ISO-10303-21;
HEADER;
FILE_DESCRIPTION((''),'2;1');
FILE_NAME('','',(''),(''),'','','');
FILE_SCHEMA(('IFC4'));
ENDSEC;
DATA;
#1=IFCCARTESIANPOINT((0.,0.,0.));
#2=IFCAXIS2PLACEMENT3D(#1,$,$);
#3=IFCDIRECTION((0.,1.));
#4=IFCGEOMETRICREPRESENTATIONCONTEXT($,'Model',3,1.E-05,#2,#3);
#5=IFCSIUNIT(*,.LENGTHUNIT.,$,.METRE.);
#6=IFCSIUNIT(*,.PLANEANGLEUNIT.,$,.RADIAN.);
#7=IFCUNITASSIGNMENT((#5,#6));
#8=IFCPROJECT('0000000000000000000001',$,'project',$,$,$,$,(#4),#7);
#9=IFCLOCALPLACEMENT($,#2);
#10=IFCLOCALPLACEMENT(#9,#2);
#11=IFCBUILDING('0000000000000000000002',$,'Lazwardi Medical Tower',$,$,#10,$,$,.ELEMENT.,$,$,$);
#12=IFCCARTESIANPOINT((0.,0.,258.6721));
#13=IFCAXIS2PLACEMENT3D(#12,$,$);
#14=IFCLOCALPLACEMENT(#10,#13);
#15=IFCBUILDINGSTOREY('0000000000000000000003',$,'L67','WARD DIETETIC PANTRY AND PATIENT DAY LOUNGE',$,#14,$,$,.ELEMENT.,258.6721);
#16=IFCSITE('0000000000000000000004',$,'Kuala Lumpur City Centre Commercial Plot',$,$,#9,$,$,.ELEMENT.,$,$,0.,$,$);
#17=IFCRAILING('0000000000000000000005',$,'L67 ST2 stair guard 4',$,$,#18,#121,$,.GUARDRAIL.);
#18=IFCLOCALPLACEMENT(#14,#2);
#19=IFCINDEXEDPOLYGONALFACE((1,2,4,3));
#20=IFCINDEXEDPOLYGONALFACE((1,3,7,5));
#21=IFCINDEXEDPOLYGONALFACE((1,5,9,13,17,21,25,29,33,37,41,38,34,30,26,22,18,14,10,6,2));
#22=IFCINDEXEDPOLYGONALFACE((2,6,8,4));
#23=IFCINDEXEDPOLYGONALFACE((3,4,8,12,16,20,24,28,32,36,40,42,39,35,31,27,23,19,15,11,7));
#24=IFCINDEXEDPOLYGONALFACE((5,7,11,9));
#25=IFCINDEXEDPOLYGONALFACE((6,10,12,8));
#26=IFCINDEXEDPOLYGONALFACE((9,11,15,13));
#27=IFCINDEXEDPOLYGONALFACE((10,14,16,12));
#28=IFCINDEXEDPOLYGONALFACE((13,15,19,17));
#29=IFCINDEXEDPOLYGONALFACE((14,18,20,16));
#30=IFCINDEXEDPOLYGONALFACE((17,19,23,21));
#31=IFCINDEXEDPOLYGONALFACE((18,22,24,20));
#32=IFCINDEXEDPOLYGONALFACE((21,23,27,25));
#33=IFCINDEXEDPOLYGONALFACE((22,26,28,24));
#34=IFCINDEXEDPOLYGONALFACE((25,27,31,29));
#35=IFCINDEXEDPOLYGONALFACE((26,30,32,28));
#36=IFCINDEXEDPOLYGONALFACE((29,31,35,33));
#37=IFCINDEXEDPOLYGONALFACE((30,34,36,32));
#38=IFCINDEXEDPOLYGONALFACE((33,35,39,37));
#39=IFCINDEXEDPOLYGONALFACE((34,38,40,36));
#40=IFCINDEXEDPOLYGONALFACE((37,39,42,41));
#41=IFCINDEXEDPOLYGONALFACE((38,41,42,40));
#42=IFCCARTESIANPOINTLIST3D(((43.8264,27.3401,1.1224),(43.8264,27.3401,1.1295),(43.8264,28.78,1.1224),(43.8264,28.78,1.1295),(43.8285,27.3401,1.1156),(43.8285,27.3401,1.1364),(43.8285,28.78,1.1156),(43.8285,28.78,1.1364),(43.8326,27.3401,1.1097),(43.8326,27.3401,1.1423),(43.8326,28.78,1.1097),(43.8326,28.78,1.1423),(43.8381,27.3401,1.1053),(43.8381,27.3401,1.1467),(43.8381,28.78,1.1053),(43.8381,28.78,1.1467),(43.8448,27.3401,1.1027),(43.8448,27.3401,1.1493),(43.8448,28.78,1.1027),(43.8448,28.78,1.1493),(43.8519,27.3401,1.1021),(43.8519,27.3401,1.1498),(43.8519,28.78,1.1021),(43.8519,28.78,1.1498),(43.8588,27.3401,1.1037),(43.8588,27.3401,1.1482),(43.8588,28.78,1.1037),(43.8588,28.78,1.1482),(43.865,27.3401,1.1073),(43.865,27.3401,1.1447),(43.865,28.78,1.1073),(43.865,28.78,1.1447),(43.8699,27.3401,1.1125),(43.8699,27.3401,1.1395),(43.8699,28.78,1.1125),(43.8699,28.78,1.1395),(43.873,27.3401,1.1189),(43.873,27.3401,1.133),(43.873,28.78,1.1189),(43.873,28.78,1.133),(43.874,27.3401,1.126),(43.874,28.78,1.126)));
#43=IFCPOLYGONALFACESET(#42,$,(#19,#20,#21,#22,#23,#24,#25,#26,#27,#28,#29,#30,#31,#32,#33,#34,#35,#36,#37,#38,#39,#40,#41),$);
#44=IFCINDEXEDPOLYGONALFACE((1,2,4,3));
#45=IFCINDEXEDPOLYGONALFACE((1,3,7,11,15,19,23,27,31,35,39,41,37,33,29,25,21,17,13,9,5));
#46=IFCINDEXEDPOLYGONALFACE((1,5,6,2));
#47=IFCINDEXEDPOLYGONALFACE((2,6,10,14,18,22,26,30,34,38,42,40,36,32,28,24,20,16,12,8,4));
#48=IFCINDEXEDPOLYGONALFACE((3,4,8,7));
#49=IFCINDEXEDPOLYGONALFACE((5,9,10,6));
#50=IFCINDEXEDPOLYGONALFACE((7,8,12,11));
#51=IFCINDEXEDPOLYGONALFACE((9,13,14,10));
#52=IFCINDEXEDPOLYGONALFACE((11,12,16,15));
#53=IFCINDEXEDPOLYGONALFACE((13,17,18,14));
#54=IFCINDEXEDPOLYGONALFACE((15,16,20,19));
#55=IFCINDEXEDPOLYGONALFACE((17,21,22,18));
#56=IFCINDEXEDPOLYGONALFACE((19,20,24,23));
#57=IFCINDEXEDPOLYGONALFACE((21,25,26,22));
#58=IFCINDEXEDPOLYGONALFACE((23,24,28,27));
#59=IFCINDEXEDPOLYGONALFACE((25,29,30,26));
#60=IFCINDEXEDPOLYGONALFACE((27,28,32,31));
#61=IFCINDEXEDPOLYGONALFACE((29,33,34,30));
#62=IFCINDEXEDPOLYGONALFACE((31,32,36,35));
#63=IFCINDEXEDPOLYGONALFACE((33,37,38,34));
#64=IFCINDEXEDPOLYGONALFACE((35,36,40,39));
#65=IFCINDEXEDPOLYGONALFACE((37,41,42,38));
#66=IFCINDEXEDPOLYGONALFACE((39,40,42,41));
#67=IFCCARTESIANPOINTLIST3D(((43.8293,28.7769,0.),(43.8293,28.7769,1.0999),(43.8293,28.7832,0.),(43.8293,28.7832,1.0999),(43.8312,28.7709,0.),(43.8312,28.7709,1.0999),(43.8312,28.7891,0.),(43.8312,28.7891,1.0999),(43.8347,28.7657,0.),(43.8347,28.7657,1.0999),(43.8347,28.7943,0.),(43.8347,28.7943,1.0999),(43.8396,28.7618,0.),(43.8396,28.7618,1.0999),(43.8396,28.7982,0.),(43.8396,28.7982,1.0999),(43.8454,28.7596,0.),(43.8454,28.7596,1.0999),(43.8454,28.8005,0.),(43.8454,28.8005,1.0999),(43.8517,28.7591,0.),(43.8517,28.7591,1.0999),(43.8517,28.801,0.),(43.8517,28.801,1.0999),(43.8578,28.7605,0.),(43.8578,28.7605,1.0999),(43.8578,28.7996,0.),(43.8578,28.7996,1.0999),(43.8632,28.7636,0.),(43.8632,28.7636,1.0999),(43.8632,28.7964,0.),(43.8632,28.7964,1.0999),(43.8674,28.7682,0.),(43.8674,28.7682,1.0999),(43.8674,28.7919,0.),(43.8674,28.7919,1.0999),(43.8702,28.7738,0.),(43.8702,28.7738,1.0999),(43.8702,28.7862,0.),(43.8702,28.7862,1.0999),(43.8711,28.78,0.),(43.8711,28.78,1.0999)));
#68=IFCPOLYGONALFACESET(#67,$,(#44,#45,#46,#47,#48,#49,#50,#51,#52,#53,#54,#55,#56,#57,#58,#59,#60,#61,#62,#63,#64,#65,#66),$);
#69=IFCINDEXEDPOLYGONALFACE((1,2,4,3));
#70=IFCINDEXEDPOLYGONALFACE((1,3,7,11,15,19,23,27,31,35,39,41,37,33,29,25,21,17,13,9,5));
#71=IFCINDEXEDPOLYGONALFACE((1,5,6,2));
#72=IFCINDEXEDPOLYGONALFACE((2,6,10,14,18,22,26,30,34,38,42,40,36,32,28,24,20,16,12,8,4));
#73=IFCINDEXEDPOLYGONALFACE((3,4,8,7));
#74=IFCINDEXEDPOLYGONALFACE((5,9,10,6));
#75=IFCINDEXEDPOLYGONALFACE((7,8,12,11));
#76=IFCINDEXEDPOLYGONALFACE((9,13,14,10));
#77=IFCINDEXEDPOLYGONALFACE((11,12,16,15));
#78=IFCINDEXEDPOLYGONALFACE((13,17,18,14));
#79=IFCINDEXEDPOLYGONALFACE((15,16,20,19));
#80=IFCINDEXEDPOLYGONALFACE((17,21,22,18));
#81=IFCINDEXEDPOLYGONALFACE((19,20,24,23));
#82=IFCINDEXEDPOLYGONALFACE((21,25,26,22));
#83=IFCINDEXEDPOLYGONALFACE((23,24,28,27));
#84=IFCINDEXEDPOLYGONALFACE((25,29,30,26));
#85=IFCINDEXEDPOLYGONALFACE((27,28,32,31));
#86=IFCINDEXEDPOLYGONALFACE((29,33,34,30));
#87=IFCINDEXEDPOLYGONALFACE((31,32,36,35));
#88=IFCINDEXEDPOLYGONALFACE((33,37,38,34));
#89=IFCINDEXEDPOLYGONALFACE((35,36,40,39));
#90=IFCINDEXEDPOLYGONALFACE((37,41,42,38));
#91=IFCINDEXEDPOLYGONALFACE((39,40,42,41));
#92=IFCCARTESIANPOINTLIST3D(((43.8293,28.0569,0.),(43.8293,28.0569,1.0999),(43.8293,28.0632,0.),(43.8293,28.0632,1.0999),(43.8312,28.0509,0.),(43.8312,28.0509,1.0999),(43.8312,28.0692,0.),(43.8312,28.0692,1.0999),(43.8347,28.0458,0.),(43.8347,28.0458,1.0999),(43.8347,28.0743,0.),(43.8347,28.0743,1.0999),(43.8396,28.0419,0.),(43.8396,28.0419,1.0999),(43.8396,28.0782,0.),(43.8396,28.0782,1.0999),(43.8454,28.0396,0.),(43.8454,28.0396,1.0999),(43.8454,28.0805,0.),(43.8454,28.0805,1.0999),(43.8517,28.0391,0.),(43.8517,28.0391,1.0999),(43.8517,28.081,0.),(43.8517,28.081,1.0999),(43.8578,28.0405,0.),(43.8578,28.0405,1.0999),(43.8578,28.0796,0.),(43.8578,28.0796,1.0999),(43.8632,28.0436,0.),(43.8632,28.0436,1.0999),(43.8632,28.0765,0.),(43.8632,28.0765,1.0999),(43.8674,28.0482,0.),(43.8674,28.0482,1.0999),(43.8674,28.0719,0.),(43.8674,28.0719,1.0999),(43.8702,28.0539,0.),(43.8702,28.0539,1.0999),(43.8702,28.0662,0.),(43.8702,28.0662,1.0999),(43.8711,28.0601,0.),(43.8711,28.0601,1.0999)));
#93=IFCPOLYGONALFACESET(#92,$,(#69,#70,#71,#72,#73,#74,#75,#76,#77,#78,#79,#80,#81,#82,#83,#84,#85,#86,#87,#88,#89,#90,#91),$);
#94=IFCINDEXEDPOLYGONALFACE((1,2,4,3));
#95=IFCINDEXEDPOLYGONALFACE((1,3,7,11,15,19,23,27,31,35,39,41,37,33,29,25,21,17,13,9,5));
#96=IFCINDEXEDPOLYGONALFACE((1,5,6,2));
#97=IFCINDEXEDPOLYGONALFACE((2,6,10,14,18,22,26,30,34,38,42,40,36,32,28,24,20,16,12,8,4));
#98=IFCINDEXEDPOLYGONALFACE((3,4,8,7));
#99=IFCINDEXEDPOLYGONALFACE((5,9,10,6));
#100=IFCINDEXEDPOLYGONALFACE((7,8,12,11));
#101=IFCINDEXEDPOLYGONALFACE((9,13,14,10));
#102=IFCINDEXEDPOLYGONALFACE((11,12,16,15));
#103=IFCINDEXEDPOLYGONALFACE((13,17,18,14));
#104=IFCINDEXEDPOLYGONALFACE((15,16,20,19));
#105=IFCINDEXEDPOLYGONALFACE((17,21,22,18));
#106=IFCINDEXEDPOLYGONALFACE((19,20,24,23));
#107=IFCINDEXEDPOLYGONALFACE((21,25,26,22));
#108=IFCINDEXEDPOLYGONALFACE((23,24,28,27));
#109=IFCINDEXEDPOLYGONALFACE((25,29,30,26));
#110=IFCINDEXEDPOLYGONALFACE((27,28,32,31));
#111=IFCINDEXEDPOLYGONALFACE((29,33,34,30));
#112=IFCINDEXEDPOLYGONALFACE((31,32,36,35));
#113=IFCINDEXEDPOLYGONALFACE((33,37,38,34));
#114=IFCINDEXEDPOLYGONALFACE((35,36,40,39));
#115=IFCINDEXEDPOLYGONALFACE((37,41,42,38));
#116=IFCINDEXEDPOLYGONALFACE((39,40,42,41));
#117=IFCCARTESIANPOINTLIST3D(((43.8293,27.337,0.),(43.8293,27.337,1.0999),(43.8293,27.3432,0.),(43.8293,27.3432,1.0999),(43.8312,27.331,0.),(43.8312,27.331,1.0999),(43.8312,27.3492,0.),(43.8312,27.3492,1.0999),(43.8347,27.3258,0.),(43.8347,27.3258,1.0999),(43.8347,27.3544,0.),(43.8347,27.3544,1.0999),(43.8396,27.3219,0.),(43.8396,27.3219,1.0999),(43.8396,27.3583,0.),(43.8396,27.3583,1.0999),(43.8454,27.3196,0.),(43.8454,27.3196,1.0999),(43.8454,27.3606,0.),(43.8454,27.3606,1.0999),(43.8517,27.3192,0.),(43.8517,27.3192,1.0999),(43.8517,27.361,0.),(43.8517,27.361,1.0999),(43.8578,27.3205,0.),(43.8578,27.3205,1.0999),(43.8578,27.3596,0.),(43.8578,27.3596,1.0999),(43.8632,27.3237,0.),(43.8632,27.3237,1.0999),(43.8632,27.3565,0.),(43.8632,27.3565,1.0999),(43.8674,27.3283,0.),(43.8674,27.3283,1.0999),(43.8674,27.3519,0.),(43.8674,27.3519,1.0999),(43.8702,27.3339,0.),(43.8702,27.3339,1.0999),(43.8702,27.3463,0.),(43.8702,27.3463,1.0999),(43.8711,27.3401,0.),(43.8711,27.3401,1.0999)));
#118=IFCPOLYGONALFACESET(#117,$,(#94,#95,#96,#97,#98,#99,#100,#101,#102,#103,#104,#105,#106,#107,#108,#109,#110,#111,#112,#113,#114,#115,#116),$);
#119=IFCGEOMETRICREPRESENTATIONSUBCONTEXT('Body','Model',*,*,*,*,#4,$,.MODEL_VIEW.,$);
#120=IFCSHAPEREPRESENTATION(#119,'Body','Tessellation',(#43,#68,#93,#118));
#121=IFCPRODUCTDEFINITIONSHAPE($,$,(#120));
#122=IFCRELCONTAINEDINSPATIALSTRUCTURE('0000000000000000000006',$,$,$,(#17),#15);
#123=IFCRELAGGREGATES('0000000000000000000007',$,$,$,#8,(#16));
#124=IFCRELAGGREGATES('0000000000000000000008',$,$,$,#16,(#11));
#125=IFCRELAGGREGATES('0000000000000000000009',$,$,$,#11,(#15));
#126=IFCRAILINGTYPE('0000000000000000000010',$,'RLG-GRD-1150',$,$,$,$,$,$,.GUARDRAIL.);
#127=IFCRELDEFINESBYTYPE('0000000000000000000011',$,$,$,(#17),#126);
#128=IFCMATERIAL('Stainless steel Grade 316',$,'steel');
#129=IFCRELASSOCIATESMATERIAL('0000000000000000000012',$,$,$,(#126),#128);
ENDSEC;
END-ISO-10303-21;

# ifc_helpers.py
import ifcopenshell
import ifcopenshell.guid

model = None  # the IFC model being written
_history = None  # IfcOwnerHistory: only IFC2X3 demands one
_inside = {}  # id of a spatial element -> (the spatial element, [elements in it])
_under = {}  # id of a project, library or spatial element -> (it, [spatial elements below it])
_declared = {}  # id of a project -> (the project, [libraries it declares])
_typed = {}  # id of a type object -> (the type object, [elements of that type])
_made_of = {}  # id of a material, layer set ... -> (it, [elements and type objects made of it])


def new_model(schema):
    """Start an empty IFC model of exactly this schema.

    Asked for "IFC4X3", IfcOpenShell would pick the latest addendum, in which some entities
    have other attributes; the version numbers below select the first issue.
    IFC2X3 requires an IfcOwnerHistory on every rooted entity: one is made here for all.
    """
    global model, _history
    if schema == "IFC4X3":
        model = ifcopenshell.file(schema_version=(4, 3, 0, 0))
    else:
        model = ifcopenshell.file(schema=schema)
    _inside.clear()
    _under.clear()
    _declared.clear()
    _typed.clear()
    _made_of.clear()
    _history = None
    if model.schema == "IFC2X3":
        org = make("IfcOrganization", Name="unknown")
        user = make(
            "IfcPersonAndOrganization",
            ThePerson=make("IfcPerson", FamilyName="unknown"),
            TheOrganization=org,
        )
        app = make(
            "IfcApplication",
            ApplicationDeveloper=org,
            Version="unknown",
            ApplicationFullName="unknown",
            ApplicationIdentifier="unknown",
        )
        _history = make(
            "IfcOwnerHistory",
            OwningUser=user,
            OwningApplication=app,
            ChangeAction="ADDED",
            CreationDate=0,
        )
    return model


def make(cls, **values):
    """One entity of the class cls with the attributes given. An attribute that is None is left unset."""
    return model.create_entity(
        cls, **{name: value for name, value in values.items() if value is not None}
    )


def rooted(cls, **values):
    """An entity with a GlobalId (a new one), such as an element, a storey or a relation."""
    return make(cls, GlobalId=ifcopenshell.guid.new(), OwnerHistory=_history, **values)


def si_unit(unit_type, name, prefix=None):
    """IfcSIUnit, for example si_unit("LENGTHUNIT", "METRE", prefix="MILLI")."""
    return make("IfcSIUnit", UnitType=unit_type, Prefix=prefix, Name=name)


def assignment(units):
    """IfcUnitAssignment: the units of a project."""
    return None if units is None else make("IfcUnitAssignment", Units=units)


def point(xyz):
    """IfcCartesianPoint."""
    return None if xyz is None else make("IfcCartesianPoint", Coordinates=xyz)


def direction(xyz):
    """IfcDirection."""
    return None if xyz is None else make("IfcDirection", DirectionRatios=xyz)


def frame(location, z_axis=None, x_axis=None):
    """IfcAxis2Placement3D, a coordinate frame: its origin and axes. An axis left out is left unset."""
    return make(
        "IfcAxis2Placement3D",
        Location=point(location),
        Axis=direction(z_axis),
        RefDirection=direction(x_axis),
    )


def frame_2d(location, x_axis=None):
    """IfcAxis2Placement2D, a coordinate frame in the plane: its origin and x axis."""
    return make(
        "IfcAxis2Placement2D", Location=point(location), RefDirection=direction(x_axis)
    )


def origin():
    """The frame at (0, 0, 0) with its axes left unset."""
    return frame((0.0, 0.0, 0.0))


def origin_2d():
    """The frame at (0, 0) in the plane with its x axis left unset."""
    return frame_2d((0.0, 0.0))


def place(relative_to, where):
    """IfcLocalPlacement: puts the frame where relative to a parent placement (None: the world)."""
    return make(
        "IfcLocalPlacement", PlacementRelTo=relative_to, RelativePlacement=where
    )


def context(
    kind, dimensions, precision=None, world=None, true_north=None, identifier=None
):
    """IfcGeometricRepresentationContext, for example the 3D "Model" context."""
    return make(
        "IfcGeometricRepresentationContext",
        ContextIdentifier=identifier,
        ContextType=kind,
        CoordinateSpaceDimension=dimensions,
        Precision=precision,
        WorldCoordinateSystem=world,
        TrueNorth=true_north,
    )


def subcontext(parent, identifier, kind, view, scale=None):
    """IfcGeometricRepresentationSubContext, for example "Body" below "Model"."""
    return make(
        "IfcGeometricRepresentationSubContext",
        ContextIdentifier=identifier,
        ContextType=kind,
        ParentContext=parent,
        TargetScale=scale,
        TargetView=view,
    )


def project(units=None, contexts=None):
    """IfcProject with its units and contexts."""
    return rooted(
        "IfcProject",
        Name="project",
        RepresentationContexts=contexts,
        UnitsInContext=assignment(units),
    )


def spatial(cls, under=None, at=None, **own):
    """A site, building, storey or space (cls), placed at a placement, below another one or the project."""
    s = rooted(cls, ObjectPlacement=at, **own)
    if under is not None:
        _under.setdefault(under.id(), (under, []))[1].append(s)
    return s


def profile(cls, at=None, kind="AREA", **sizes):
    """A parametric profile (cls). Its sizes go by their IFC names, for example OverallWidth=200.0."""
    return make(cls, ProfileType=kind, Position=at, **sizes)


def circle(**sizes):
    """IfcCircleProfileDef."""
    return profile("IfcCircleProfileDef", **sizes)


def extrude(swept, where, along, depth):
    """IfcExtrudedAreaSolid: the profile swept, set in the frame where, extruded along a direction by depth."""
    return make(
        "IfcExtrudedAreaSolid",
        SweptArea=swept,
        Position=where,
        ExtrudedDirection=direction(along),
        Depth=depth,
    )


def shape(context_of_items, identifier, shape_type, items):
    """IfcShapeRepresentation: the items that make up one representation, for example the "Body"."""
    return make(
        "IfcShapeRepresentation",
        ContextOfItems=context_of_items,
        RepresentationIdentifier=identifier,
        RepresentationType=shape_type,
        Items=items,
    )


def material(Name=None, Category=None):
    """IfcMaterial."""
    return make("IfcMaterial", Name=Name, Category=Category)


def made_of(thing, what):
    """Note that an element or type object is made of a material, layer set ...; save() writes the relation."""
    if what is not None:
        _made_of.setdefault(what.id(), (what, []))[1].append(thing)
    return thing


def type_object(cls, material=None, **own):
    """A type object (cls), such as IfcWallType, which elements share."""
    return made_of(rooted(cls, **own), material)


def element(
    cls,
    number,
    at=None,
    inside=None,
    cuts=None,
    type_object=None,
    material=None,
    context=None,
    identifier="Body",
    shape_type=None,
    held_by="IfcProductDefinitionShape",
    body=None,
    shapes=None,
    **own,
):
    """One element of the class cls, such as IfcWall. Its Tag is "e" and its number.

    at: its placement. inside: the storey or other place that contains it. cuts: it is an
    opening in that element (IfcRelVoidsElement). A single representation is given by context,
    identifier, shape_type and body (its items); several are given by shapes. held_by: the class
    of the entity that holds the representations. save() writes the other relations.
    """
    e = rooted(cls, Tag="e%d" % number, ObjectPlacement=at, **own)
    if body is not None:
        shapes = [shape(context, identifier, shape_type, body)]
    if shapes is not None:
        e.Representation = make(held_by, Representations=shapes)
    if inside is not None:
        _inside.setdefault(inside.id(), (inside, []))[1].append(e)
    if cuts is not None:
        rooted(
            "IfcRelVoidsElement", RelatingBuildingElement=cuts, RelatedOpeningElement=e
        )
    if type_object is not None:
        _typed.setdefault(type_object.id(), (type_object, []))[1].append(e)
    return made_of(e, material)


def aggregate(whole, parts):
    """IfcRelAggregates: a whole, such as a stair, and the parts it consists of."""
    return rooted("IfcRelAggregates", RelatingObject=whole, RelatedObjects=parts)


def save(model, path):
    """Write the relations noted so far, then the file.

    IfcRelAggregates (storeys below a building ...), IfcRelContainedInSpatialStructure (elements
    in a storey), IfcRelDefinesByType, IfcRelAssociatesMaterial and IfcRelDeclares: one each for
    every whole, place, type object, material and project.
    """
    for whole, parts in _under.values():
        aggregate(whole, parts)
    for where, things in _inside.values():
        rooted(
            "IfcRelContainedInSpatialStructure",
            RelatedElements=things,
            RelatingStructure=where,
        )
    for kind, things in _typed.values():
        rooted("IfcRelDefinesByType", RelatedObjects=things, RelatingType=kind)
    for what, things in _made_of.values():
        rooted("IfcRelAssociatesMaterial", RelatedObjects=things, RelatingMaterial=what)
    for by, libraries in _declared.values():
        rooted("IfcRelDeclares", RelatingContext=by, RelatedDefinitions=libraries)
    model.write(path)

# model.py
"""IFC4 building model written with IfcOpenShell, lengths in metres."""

from ifc_helpers import new_model, si_unit, direction, frame, origin, origin_2d, place, context, subcontext, project, spatial, circle, extrude, material, type_object, element, save


model = new_model("IFC4")

# Units and contexts
model_context = context("Model", 3, precision=1e-05, world=origin(), true_north=direction((0.0, 1.0)))
body_context = subcontext(model_context, "Body", "Model", "MODEL_VIEW")
ifc_project = project(units=[si_unit("LENGTHUNIT", "METRE"), si_unit("PLANEANGLEUNIT", "RADIAN")], contexts=[model_context])

# Site, building, storey
site_placement = place(None, origin())
site = spatial("IfcSite", under=ifc_project, at=site_placement, Name="Kuala Lumpur City Centre Commercial Plot", CompositionType="ELEMENT", RefElevation=0.0)
building_placement = place(site_placement, origin())
building = spatial("IfcBuilding", under=site, at=building_placement, Name="Lazwardi Medical Tower", CompositionType="ELEMENT")
storey_placement = place(building_placement, frame((0.0, 0.0, 258.6721)))
storey = spatial("IfcBuildingStorey", under=building, at=storey_placement, Name="L67", Description="WARD DIETETIC PANTRY AND PATIENT DAY LOUNGE", CompositionType="ELEMENT", Elevation=258.6721)

# Railing
ifc_material_1 = material(Name="Stainless steel Grade 316", Category="steel")
railing_type_1 = type_object("IfcRailingType", Name="RLG-GRD-1150", PredefinedType="GUARDRAIL", material=ifc_material_1)
railing_1_placement = place(storey_placement, frame((43.8501, 28.78, 0.0)))
element("IfcRailing", 1, at=railing_1_placement, inside=storey, type_object=railing_type_1, Name="L67 ST2 stair guard 4", PredefinedType="GUARDRAIL", context=body_context, shape_type="SweptSolid", body=[
    extrude(circle(Radius=0.0239, at=origin_2d()), frame((0.0, 0.0, 1.126), z_axis=(0.0, -1.0, 0.0), x_axis=(1.0, 0.0, 0.0)), (0.0, 0.0, 1.0), 1.4399),
    extrude(circle(Radius=0.021, at=origin_2d()), origin(), (0.0, 0.0, 1.0), 1.0999),
    extrude(circle(Radius=0.021, at=origin_2d()), frame((0.0, -0.72, 0.0)), (0.0, 0.0, 1.0), 1.0999),
    extrude(circle(Radius=0.021, at=origin_2d()), frame((0.0, -1.4399, 0.0)), (0.0, 0.0, 1.0), 1.0999),
])

save(model, "model.ifc")
